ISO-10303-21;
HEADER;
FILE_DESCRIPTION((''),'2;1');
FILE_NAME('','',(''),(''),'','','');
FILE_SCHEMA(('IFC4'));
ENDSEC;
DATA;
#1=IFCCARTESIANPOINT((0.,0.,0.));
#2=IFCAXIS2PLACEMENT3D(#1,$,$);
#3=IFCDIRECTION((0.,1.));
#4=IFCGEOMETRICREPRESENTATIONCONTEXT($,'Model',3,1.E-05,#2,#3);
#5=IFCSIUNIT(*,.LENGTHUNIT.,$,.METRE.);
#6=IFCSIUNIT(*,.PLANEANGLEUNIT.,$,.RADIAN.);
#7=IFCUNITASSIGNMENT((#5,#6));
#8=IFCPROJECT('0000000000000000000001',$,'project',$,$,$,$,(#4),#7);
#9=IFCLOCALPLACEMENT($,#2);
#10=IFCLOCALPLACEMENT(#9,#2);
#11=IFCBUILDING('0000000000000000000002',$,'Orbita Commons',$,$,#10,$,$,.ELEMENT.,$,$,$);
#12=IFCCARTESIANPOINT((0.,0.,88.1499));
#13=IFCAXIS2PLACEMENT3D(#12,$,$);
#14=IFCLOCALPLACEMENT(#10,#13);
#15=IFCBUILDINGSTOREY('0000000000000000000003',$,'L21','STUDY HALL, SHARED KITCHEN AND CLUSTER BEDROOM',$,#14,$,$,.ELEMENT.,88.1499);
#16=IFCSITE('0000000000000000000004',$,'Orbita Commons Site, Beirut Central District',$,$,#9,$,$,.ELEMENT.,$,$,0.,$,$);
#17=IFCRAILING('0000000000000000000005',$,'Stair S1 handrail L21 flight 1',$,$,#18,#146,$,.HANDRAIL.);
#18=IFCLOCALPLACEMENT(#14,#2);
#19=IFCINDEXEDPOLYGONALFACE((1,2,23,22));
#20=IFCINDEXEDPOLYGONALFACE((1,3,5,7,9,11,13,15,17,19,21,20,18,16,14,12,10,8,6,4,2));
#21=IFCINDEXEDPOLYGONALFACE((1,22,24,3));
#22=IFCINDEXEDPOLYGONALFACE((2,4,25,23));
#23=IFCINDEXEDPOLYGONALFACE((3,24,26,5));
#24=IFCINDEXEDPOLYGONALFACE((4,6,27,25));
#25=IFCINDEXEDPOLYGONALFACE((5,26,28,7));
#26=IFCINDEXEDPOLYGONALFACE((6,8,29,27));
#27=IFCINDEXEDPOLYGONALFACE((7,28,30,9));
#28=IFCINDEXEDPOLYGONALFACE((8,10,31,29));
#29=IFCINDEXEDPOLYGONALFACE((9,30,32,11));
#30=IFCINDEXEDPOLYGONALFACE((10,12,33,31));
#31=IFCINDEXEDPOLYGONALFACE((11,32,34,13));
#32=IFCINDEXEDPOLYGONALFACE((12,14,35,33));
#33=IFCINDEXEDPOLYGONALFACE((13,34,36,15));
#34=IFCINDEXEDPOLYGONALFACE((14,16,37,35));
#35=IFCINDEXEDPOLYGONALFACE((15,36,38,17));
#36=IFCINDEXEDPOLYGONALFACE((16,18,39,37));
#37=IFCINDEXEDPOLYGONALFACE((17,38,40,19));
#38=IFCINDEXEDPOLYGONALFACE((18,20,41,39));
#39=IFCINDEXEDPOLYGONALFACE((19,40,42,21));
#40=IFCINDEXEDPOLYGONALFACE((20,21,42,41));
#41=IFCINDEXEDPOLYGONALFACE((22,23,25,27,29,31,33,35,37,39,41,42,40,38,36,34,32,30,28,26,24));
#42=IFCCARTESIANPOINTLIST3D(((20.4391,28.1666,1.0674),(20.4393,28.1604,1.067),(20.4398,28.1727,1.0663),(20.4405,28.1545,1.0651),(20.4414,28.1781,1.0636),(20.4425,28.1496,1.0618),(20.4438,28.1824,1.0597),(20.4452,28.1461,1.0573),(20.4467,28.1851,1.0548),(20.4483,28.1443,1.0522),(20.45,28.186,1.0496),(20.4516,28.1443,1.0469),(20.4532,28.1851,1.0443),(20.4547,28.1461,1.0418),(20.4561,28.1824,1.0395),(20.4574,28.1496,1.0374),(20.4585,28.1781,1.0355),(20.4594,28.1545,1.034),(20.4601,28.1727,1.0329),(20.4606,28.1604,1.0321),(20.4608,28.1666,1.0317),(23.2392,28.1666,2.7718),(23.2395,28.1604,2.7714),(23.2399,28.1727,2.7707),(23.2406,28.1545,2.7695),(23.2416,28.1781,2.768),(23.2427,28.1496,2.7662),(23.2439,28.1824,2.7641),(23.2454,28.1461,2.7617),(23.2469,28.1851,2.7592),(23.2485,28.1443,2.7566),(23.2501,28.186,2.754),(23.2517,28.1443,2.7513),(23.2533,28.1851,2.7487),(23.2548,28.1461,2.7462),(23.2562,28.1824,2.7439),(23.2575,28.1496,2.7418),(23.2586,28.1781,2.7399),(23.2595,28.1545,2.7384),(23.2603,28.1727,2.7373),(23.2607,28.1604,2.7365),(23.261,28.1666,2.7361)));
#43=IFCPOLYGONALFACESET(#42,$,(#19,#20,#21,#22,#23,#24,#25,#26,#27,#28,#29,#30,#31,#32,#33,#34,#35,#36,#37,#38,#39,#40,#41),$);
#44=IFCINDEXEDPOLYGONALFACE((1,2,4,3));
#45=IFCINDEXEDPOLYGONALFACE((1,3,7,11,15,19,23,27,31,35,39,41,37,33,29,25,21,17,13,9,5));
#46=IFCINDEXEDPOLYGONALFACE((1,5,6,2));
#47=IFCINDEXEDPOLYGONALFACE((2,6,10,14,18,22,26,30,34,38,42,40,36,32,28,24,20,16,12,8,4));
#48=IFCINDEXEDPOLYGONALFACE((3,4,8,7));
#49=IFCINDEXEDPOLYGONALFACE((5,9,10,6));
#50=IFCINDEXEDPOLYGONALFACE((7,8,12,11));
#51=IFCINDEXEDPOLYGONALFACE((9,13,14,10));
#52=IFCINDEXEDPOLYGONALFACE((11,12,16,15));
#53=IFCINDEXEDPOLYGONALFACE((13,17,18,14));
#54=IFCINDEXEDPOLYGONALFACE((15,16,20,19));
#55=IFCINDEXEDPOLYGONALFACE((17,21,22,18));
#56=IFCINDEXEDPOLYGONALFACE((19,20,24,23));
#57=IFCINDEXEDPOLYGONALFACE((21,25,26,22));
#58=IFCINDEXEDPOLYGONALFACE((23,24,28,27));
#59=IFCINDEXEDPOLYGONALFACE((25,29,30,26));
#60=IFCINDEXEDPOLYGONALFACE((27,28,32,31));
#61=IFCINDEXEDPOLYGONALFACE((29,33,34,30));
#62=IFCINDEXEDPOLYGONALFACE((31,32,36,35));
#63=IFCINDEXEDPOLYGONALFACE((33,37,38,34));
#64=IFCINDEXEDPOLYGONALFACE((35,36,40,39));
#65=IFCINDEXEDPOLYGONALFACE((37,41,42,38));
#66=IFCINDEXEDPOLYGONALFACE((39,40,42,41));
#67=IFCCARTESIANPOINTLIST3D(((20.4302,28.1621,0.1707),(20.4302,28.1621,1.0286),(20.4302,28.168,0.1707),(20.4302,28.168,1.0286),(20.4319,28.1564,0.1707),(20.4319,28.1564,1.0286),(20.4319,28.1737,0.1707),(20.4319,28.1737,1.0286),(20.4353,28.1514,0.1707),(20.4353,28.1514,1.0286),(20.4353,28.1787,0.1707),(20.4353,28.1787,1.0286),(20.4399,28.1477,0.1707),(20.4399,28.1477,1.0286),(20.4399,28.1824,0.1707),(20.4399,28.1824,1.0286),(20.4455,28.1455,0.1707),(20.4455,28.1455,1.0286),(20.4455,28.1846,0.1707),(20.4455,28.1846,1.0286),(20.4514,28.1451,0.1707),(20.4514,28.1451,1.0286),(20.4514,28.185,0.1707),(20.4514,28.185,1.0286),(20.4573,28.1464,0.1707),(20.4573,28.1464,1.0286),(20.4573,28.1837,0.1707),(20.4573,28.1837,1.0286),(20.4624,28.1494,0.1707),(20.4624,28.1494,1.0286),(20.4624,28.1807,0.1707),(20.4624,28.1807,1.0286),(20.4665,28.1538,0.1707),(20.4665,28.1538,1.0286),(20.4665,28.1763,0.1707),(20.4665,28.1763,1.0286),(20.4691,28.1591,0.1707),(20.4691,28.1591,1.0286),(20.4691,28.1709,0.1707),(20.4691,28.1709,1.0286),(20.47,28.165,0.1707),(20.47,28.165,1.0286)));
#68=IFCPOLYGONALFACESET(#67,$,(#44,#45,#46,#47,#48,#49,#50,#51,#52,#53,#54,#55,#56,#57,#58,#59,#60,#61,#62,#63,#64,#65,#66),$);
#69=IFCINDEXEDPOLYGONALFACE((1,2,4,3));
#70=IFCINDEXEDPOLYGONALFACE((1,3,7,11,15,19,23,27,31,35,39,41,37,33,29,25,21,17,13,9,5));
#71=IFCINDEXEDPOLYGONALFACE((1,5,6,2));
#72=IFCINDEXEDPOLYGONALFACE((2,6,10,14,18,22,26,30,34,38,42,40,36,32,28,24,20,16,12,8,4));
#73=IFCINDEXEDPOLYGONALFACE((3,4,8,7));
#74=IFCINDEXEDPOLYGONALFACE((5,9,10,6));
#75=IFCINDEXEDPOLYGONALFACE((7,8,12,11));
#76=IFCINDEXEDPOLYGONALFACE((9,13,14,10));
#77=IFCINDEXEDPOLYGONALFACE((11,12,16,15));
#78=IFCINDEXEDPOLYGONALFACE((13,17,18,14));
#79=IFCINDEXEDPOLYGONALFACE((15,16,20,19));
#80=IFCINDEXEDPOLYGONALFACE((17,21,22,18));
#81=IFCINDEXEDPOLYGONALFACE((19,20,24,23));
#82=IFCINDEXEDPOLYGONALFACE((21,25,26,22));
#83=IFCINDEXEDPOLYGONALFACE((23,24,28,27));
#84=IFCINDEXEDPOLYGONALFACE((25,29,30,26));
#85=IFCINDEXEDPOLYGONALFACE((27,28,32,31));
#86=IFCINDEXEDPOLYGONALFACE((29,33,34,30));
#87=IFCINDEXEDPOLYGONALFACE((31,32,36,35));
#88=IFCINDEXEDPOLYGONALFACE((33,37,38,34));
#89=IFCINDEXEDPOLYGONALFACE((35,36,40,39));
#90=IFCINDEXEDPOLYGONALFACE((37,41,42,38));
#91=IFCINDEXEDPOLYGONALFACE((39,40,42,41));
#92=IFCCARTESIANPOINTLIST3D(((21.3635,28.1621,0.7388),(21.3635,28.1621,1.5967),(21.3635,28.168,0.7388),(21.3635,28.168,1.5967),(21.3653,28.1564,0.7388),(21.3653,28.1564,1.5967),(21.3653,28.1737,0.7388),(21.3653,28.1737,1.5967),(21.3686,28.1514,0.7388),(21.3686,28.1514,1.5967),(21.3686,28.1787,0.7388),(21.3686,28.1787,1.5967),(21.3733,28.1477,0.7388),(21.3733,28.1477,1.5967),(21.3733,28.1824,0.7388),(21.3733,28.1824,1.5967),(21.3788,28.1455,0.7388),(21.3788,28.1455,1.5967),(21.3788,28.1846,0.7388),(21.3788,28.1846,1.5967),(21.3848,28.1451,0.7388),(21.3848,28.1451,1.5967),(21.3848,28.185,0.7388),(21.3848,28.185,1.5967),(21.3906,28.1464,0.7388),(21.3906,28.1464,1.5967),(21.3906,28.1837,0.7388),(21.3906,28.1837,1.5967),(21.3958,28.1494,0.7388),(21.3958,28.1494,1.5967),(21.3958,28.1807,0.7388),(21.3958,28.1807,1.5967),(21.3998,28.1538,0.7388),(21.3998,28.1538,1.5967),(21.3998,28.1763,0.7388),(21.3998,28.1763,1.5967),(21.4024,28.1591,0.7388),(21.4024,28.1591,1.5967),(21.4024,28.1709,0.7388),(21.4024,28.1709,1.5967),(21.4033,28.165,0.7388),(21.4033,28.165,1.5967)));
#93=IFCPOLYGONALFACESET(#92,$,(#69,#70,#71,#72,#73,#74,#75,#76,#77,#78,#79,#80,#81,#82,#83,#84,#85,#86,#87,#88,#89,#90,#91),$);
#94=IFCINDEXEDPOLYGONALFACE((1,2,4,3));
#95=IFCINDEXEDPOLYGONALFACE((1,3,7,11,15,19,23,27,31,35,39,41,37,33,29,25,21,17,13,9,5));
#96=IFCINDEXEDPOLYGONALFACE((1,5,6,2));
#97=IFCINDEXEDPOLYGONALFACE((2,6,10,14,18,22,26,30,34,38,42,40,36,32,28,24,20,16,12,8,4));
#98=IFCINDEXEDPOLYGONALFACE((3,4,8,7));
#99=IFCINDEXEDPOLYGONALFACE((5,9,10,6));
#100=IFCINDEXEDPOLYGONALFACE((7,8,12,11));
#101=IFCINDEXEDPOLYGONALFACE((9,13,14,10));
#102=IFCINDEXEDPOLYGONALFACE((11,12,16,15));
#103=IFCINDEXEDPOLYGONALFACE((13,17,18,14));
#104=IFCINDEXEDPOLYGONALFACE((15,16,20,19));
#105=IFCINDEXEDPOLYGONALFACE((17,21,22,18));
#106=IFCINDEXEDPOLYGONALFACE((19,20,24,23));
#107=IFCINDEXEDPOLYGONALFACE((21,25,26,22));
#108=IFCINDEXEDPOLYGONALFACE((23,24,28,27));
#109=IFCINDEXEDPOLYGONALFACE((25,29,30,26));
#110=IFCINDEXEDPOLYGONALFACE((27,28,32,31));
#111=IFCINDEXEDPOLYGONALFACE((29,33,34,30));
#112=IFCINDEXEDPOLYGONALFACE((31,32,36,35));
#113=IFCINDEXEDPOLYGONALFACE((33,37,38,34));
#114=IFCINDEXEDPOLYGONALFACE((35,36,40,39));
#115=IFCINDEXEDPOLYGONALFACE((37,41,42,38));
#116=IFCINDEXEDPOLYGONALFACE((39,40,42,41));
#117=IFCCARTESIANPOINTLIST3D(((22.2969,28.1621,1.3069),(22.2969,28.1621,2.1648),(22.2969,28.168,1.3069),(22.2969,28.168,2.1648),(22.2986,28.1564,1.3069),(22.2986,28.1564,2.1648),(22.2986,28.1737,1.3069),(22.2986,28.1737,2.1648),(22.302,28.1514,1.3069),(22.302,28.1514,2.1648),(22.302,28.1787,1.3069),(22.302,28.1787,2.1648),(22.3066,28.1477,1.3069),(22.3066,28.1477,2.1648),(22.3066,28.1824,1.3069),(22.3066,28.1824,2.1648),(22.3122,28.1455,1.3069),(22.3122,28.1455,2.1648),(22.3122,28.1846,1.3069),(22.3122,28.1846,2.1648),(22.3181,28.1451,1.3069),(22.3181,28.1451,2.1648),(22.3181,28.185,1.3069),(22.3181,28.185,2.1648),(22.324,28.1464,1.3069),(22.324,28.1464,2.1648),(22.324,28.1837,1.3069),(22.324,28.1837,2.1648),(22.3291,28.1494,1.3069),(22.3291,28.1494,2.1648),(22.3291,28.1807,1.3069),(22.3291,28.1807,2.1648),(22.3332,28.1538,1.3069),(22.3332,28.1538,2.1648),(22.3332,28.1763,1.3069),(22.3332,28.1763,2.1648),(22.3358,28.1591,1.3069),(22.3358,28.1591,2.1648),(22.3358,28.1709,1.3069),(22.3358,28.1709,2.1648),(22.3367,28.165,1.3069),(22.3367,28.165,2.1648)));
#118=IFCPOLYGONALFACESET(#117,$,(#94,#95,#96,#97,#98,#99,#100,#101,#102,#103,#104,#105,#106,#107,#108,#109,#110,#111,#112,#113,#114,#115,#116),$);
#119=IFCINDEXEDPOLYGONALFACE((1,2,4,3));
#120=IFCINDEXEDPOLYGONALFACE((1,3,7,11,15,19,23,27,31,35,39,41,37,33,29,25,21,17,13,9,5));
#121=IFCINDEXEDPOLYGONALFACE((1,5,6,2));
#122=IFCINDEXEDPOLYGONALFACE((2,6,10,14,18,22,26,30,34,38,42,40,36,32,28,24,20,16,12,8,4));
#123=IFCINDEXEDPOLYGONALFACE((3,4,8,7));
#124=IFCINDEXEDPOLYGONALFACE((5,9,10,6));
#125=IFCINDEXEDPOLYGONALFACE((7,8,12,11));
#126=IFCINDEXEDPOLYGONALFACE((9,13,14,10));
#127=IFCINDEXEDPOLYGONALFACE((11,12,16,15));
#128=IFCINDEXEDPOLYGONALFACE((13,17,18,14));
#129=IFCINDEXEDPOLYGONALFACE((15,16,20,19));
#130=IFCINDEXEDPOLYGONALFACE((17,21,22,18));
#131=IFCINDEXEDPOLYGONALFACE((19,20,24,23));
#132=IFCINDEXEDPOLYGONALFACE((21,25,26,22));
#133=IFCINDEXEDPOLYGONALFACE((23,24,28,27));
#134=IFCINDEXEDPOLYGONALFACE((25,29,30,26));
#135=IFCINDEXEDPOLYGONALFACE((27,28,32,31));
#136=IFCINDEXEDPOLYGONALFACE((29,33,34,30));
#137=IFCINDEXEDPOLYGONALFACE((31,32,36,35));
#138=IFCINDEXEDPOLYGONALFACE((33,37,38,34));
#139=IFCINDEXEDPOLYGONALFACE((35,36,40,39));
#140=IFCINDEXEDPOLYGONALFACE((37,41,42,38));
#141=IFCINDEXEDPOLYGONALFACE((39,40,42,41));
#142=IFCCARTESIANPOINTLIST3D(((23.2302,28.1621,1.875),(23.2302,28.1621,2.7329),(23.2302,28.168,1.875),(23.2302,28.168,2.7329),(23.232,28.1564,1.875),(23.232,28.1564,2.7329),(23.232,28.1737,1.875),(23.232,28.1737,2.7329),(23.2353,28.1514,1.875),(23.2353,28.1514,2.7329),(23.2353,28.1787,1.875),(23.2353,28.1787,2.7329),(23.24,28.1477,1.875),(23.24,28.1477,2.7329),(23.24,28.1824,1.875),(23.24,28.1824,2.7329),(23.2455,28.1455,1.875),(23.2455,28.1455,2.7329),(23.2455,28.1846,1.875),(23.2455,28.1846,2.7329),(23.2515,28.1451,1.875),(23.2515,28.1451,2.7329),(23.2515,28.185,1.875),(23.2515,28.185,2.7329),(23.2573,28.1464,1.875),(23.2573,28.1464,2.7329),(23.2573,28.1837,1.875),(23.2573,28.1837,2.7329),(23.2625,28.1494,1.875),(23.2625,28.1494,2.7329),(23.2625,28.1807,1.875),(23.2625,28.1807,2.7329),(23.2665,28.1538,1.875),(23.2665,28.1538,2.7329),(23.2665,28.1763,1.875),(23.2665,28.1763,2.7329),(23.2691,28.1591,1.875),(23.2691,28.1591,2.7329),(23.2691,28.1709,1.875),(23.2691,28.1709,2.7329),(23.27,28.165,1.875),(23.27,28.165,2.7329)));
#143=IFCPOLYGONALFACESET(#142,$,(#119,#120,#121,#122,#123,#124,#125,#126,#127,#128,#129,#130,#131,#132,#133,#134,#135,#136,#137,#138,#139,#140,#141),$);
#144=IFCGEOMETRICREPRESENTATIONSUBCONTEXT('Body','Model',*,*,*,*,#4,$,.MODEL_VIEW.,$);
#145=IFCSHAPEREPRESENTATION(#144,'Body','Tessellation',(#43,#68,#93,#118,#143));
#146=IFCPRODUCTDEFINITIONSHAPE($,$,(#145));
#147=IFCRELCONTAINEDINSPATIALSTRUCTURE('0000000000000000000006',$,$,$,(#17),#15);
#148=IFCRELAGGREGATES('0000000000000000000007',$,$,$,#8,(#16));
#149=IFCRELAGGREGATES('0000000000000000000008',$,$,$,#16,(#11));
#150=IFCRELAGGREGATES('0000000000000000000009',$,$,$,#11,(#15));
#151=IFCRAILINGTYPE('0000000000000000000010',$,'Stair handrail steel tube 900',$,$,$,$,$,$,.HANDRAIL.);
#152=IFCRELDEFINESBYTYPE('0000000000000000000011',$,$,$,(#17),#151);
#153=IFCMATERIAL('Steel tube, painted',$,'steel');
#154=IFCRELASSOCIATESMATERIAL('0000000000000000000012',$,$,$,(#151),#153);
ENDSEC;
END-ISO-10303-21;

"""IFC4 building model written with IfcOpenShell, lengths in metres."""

from ifc_helpers import new_model, si_unit, direction, frame, origin, origin_2d, place, context, subcontext, project, spatial, circle, extrude, material, type_object, element, save


model = new_model("IFC4")

# Units and contexts
model_context = context("Model", 3, precision=1e-05, world=origin(), true_north=direction((0.0, 1.0)))
body_context = subcontext(model_context, "Body", "Model", "MODEL_VIEW")
ifc_project = project(units=[si_unit("LENGTHUNIT", "METRE"), si_unit("PLANEANGLEUNIT", "RADIAN")], contexts=[model_context])

# Site, building, storey
site_placement = place(None, origin())
site = spatial("IfcSite", under=ifc_project, at=site_placement, Name="Orbita Commons Site, Beirut Central District", CompositionType="ELEMENT", RefElevation=0.0)
building_placement = place(site_placement, origin())
building = spatial("IfcBuilding", under=site, at=building_placement, Name="Orbita Commons", CompositionType="ELEMENT")
storey_placement = place(building_placement, frame((0.0, 0.0, 88.1499)))
storey = spatial("IfcBuildingStorey", under=building, at=storey_placement, Name="L21", Description="STUDY HALL, SHARED KITCHEN AND CLUSTER BEDROOM", CompositionType="ELEMENT", Elevation=88.1499)

# Railing
ifc_material = material(Name="Steel tube, painted", Category="steel")
railing_type = type_object("IfcRailingType", Name="Stair handrail steel tube 900", PredefinedType="HANDRAIL", material=ifc_material)
for number, where, name in (
    (1, (20.45, 28.165, 0.1707), "Stair S1 handrail L21 flight 1"),
):
    element("IfcRailing", number, at=place(storey_placement, frame(where)), inside=storey, type_object=railing_type, Name=name, PredefinedType="HANDRAIL", context=body_context, shape_type="SweptSolid", body=[
        extrude(circle(Radius=0.021, at=origin_2d()), frame((0.0, 0.0, 0.8789), z_axis=(0.854203, 0.0, 0.51994), x_axis=(0.0, 1.0, 0.0)), (0.0, 0.0, 1.0), 3.2781),
        extrude(circle(Radius=0.02, at=origin_2d()), origin(), (0.0, 0.0, 1.0), 0.8579),
        extrude(circle(Radius=0.02, at=origin_2d()), frame((0.9333, 0.0, 0.5681)), (0.0, 0.0, 1.0), 0.8579),
        extrude(circle(Radius=0.02, at=origin_2d()), frame((1.8667, 0.0, 1.1362)), (0.0, 0.0, 1.0), 0.8579),
        extrude(circle(Radius=0.02, at=origin_2d()), frame((2.8, 0.0, 1.7043)), (0.0, 0.0, 1.0), 0.8579),
    ])

save(model, "model.ifc")
